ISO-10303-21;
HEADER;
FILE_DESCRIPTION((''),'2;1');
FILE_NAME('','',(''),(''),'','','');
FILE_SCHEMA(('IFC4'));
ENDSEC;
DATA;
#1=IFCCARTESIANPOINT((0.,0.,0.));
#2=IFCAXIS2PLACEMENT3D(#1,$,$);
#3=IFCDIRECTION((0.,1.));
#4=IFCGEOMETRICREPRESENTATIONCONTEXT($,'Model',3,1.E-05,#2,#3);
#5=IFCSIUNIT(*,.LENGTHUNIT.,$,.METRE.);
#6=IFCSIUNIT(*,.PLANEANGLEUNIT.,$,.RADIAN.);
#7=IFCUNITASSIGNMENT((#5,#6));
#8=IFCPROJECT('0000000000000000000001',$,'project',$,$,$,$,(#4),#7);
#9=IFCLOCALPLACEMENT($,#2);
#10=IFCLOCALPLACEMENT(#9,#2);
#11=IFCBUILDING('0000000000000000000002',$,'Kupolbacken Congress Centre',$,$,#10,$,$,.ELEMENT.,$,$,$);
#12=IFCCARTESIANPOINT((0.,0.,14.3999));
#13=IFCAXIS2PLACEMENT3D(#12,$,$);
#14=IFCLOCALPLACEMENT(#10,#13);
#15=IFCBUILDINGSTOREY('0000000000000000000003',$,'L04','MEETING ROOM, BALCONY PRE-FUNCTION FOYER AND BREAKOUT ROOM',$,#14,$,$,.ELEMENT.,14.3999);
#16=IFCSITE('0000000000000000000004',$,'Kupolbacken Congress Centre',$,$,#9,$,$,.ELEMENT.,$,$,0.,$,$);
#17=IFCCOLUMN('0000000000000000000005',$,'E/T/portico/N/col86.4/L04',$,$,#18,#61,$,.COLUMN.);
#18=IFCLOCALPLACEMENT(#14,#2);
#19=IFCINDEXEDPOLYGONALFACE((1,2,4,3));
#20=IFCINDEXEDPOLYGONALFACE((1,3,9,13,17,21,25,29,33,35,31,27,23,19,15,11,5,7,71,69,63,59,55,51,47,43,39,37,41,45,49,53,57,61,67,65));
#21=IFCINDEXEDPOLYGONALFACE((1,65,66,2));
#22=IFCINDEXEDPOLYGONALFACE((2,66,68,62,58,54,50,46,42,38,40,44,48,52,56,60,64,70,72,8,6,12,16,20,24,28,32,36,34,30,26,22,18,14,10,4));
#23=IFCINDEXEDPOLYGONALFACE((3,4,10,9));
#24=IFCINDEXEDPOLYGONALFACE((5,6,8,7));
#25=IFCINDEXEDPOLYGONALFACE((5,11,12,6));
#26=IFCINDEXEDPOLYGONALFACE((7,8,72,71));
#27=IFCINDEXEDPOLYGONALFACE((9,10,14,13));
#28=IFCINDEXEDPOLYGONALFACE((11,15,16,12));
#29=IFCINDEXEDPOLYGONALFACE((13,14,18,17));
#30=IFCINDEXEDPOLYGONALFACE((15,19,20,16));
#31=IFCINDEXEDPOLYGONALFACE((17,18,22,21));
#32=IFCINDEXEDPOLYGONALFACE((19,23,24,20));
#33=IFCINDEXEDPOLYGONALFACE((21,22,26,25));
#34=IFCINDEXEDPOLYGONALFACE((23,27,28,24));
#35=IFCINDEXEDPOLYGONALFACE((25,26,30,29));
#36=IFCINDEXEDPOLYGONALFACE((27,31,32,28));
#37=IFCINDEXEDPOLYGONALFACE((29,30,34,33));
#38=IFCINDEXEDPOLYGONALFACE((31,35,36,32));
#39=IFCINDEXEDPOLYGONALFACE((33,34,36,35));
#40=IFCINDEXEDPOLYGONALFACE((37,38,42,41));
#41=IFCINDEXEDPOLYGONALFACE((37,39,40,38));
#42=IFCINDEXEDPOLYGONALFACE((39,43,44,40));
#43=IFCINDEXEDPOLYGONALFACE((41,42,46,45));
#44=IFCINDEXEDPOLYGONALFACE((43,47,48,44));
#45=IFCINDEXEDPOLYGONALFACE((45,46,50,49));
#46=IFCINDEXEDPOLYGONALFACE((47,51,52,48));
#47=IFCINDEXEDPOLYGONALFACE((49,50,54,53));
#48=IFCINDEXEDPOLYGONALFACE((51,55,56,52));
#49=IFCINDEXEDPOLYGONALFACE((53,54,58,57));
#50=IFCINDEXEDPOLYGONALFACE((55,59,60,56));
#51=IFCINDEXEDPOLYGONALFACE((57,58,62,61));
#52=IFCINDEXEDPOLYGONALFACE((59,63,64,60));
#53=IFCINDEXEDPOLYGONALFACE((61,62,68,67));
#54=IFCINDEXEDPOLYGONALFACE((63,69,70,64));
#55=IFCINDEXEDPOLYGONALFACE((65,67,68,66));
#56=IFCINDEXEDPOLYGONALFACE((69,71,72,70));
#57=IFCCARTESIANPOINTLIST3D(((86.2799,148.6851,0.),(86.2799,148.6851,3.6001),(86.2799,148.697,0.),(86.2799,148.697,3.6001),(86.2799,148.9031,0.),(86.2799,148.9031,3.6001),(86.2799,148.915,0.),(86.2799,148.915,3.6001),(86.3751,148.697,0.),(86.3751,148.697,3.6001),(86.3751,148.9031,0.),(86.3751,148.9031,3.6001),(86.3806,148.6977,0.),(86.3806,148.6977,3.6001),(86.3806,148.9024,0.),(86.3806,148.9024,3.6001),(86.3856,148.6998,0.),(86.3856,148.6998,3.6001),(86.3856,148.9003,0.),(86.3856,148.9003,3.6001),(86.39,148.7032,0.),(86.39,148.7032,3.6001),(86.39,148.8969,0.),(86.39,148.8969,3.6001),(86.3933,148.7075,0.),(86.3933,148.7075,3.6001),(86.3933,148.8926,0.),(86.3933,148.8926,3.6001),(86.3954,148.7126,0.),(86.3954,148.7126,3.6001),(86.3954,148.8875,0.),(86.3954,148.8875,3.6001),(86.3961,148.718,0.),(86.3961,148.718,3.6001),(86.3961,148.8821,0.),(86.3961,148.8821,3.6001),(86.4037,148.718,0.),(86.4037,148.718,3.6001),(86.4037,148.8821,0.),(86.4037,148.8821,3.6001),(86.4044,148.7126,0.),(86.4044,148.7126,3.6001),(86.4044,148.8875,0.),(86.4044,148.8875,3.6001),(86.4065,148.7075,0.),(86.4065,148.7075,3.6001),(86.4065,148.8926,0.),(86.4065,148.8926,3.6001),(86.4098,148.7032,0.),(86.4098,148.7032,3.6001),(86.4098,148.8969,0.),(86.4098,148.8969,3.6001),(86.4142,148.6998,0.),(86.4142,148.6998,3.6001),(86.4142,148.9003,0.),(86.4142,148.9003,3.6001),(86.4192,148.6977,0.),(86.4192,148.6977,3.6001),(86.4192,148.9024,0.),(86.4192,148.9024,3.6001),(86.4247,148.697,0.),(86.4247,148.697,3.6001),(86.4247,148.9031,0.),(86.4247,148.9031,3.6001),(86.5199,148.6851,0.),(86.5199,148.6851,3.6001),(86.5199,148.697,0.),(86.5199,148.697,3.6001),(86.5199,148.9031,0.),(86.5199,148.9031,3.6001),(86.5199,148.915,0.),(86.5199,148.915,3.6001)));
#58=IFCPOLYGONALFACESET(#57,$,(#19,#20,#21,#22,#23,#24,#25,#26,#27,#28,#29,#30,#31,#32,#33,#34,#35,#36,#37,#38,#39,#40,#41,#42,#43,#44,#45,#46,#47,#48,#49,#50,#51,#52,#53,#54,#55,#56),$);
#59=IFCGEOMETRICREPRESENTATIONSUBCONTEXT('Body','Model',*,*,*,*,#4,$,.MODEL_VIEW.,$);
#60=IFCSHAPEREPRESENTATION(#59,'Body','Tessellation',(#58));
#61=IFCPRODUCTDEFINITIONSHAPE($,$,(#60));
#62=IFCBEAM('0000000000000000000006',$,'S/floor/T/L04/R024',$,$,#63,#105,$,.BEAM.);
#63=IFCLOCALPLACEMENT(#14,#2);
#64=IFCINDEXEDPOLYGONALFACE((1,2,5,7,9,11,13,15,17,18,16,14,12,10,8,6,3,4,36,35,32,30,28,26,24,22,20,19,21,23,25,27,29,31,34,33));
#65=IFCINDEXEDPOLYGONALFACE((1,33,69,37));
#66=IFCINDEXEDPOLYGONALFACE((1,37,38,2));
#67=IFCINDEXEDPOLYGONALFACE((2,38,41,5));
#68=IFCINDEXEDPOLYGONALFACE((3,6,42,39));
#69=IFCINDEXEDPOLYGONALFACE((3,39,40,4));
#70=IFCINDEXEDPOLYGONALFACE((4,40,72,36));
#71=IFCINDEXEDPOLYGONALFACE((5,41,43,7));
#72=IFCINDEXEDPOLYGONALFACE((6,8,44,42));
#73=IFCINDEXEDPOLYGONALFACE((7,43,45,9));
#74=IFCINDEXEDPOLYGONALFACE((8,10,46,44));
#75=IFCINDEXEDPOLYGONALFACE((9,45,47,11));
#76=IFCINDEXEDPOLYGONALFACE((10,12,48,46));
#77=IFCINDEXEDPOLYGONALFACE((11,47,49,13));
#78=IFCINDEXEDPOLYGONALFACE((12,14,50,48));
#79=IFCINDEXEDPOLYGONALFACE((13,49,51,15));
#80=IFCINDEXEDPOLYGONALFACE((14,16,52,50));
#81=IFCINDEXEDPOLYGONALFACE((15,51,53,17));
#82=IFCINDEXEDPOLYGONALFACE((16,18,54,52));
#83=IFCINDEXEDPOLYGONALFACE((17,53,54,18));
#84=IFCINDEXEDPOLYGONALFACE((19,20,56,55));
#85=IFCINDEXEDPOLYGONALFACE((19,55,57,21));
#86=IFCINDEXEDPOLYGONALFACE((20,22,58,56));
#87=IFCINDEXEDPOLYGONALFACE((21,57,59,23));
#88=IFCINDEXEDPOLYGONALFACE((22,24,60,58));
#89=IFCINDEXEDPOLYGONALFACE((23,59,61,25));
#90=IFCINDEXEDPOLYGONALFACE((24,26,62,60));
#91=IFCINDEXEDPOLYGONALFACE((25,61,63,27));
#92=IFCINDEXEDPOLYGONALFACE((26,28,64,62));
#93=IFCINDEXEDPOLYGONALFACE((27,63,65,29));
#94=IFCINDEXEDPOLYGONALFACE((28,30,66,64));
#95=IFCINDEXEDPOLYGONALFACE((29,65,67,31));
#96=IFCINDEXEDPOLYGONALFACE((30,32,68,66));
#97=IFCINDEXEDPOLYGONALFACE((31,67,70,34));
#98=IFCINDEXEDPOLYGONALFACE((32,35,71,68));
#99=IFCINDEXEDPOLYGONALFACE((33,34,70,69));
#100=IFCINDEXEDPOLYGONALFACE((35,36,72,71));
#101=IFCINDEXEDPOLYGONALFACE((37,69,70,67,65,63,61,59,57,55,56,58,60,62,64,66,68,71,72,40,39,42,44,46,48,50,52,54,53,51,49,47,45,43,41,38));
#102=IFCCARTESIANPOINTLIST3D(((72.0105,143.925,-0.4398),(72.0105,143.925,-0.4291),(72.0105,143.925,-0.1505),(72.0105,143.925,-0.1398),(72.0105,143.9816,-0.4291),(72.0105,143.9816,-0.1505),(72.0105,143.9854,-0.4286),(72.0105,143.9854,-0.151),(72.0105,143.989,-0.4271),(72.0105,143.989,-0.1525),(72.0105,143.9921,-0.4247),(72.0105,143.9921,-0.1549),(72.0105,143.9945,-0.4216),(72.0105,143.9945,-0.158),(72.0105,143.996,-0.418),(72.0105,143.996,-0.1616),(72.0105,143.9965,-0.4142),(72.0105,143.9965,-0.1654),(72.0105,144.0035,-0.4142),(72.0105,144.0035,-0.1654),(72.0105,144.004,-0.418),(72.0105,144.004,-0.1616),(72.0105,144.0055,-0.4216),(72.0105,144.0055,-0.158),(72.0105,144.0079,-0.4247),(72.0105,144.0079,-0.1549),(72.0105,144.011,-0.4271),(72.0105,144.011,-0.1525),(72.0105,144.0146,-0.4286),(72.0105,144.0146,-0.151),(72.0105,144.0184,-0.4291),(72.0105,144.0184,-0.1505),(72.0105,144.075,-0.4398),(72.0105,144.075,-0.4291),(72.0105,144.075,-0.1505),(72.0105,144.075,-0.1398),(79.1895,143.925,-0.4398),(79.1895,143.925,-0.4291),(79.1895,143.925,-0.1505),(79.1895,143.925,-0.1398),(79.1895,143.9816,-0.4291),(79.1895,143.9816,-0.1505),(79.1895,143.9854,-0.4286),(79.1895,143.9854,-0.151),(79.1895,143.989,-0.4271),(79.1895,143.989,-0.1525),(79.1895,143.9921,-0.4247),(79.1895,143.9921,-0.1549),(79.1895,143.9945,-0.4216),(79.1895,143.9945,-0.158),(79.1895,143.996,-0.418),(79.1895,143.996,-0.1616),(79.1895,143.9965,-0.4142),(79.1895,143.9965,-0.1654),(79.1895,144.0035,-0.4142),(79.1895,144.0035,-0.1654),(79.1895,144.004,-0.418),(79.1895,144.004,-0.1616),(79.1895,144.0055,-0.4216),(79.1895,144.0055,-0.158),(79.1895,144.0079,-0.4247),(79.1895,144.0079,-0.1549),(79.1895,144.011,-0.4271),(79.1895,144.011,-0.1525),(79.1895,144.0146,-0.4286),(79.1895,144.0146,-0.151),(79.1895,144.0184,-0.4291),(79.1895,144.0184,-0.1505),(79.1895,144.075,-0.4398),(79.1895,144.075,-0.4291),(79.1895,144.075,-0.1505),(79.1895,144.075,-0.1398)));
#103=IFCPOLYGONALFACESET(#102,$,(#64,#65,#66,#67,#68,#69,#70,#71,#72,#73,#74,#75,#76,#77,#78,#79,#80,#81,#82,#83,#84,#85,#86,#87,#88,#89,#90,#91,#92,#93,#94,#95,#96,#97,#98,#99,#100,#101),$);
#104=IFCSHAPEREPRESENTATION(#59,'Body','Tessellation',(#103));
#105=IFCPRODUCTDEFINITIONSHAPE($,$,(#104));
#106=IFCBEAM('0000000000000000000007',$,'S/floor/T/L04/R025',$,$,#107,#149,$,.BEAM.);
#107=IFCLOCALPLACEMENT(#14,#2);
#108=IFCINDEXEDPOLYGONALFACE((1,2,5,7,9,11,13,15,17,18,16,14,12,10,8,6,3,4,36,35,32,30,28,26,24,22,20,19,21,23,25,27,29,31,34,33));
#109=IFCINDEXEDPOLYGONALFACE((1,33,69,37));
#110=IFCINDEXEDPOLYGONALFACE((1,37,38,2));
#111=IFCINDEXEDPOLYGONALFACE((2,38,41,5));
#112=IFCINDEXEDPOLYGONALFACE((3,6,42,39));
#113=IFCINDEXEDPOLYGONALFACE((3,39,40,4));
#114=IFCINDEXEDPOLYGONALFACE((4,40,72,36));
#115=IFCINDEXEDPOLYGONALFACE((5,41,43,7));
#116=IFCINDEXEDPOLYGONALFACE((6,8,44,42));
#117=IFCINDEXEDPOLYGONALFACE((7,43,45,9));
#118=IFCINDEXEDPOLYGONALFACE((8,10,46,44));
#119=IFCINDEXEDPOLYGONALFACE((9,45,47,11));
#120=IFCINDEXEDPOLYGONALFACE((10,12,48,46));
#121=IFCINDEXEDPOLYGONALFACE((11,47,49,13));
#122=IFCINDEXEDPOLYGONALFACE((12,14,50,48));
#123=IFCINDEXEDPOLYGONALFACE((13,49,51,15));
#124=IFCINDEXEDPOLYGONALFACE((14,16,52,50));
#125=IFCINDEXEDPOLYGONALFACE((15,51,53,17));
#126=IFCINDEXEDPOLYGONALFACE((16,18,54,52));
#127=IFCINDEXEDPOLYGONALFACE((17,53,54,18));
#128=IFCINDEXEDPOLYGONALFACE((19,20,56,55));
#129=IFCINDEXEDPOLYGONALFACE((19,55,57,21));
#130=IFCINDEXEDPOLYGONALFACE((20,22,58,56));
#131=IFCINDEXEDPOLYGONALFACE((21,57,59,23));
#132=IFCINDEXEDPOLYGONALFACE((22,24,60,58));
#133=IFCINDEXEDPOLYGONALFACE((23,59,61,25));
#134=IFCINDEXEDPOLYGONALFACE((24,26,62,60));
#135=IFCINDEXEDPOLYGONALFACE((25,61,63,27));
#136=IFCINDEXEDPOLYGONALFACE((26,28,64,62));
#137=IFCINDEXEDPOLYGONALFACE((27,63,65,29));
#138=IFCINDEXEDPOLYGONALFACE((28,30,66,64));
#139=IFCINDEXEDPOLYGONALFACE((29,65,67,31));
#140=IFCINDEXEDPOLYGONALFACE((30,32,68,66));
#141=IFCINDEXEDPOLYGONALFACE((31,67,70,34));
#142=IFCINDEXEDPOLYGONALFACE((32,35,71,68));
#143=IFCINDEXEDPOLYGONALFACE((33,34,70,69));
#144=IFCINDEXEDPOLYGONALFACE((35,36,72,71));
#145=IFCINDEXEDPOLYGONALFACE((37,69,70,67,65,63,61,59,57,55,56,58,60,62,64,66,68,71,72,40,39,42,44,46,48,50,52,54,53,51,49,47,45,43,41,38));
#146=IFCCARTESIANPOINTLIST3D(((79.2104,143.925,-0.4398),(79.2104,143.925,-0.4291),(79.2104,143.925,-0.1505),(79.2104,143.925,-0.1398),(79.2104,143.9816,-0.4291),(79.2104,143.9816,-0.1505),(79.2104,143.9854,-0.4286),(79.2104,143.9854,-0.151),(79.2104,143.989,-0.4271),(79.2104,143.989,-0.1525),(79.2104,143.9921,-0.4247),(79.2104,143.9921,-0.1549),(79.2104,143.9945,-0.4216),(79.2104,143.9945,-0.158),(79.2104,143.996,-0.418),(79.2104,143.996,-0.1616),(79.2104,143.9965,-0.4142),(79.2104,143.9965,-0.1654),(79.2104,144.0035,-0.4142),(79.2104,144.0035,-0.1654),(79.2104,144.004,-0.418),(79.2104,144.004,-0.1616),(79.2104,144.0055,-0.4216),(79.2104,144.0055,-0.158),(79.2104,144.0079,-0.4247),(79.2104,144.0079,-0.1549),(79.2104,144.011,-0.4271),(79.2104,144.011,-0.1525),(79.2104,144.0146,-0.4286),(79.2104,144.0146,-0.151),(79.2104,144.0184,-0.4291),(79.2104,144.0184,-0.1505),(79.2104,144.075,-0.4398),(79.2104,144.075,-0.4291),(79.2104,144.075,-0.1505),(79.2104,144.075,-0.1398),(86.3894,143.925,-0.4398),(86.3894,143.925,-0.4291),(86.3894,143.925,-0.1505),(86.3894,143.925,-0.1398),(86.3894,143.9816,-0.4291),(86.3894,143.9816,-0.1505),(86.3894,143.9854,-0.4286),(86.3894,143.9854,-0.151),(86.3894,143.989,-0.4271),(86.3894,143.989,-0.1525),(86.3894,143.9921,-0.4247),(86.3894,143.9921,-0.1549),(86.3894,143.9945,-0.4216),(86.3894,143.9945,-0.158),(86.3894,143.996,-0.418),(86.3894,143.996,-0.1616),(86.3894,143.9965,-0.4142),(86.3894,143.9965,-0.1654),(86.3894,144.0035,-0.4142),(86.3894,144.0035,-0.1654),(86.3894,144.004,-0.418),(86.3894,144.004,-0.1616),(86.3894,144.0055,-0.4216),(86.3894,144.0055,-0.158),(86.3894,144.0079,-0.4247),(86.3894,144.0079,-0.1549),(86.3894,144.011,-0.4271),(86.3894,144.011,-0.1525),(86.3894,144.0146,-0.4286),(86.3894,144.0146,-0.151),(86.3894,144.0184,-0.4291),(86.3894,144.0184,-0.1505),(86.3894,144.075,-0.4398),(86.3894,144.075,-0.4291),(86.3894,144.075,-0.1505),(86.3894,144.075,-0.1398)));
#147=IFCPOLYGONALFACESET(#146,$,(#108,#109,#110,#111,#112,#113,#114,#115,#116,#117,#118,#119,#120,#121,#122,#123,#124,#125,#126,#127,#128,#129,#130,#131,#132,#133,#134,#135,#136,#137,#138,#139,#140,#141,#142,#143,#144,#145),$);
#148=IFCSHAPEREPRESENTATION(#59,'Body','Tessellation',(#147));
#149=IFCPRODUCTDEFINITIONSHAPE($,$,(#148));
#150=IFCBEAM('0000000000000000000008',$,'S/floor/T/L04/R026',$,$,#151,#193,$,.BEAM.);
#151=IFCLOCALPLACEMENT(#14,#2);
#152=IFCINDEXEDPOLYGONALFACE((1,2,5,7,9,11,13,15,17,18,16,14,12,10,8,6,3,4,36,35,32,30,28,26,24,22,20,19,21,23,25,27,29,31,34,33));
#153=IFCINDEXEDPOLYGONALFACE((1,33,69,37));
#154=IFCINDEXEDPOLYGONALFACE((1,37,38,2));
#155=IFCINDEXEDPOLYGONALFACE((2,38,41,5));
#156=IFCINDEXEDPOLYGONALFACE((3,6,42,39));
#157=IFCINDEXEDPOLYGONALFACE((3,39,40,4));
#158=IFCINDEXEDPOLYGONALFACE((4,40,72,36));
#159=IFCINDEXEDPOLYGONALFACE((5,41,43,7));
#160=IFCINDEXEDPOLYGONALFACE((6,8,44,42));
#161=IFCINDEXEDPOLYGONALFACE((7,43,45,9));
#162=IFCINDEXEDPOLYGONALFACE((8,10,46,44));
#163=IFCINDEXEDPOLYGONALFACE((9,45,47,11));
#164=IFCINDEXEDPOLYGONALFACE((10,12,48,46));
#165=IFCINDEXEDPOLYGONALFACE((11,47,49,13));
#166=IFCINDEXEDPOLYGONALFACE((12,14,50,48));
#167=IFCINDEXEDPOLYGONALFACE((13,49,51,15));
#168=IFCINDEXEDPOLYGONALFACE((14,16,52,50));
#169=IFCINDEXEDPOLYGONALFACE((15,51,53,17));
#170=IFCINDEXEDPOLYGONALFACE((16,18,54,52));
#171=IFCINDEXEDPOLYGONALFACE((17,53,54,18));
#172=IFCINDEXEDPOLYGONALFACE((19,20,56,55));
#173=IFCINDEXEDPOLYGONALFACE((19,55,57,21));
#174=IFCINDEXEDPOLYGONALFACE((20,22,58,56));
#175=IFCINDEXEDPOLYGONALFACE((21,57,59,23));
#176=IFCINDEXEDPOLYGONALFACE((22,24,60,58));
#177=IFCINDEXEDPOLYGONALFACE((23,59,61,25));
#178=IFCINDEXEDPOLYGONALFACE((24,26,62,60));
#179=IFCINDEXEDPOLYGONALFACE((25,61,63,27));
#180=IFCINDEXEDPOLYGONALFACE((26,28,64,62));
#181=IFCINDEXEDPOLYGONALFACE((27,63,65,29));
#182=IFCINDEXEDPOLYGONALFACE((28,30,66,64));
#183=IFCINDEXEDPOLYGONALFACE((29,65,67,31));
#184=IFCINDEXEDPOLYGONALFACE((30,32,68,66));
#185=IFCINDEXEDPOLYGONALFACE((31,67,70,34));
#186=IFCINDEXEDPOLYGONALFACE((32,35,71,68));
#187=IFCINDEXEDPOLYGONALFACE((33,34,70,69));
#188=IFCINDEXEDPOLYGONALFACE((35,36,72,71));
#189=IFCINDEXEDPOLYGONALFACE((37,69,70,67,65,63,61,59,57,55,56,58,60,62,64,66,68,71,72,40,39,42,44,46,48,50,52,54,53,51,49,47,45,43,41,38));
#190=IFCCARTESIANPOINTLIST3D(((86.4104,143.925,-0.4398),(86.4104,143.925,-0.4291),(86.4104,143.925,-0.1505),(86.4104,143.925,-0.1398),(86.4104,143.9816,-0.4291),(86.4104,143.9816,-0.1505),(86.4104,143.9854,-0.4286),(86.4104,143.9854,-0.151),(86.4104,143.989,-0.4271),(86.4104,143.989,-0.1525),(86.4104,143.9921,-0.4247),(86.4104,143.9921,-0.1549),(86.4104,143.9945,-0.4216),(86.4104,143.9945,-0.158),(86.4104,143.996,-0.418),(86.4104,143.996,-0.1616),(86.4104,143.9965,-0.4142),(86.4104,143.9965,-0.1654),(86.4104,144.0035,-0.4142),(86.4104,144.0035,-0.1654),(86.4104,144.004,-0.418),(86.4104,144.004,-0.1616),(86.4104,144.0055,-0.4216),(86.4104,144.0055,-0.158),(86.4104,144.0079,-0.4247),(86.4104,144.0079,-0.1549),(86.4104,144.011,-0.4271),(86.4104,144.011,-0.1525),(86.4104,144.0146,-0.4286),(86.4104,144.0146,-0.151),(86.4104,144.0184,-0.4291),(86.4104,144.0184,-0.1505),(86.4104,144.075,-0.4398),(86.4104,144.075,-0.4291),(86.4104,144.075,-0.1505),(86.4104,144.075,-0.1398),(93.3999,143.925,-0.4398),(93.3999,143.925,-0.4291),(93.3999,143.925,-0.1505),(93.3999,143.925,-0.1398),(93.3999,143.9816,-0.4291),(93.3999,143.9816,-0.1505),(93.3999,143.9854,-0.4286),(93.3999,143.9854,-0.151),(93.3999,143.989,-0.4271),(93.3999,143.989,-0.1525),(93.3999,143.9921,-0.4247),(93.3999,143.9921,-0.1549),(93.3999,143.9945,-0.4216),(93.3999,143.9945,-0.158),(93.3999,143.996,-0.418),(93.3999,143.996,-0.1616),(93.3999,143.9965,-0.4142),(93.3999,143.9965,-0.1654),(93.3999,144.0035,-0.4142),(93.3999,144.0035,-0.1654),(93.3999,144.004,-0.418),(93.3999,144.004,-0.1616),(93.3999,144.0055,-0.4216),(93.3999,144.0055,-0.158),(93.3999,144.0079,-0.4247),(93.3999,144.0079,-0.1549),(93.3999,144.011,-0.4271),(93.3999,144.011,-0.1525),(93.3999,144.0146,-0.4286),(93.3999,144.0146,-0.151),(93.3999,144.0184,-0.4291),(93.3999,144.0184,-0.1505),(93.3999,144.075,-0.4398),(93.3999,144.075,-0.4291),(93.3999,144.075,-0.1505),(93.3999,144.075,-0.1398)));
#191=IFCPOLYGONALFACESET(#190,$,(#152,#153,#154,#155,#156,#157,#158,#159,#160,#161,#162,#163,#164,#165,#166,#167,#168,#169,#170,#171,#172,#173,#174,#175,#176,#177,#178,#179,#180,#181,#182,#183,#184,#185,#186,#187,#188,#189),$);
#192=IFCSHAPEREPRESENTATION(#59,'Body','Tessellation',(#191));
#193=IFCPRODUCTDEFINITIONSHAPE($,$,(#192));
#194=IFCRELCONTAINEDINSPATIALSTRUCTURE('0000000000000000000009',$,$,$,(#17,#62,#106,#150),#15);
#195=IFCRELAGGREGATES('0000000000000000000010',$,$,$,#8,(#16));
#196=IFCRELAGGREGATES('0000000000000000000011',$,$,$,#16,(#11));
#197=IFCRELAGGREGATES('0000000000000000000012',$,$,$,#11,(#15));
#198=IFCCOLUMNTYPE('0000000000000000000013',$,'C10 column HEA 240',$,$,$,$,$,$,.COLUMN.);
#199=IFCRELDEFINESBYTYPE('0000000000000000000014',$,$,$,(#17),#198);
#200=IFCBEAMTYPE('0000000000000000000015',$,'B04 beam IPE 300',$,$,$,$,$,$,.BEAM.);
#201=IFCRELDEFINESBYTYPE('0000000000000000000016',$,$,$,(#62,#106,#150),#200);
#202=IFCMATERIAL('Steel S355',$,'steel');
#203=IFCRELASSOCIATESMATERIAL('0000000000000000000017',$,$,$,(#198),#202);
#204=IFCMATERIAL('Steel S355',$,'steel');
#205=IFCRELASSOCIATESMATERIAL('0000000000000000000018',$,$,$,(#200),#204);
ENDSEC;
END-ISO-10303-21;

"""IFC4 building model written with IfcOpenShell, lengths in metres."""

from ifc_helpers import new_model, si_unit, direction, frame, origin, origin_2d, place, context, subcontext, project, spatial, i_section, extrude, material, material_profile, profile_set, type_object, element, save


model = new_model("IFC4")

# Units and contexts
model_context = context("Model", 3, precision=1e-05, world=origin(), true_north=direction((0.0, 1.0)))
body_context = subcontext(model_context, "Body", "Model", "MODEL_VIEW")
ifc_project = project(units=[si_unit("LENGTHUNIT", "METRE"), si_unit("PLANEANGLEUNIT", "RADIAN")], contexts=[model_context])

# Site, building, storey
site_placement = place(None, origin())
site = spatial("IfcSite", under=ifc_project, at=site_placement, Name="Kupolbacken Congress Centre", CompositionType="ELEMENT", RefElevation=0.0)
building_placement = place(site_placement, origin())
building = spatial("IfcBuilding", under=site, at=building_placement, Name="Kupolbacken Congress Centre", CompositionType="ELEMENT")
storey_placement = place(building_placement, frame((0.0, 0.0, 14.3999)))
storey = spatial("IfcBuildingStorey", under=building, at=storey_placement, Name="L04", Description="MEETING ROOM, BALCONY PRE-FUNCTION FOYER AND BREAKOUT ROOM", CompositionType="ELEMENT", Elevation=14.3999)

# Column
ifc_material_1 = material(Name="Steel S355", Category="steel")
ifc_material_profile_1 = material_profile(ifc_material_1, i_section(OverallWidth=0.24, OverallDepth=0.23, WebThickness=0.0076, FlangeThickness=0.012, FilletRadius=0.021, at=origin_2d()), Name="HEA 240")
ifc_profile_set_1 = profile_set([ifc_material_profile_1], Name="Steel S355")
column_type_1 = type_object("IfcColumnType", Name="C10 column HEA 240", PredefinedType="COLUMN", material=ifc_profile_set_1)
for number, where, z_axis, x_axis, name in (
    (1, (86.3999, 148.8, 0.0), (0.0, 0.0, 1.0), (1.0, 0.0, 0.0), "E/T/portico/N/col86.4/L04"),
):
    element("IfcColumn", number, at=place(storey_placement, frame(where, z_axis=z_axis, x_axis=x_axis)), inside=storey, type_object=column_type_1, Name=name, PredefinedType="COLUMN", context=body_context, shape_type="SweptSolid", body=[
        extrude(i_section(OverallWidth=0.24, OverallDepth=0.23, WebThickness=0.0076, FlangeThickness=0.012, FilletRadius=0.021, at=origin_2d()), origin(), (0.0, 0.0, 1.0), 3.6001),
    ])

# Beams
ifc_material_2 = material(Name="Steel S355", Category="steel")
ifc_material_profile_2 = material_profile(ifc_material_2, i_section(OverallWidth=0.1499, OverallDepth=0.3, WebThickness=0.0071, FlangeThickness=0.0107, FilletRadius=0.0149, at=origin_2d()), Name="IPE 300")
ifc_profile_set_2 = profile_set([ifc_material_profile_2], Name="Steel S355")
beam_type_1 = type_object("IfcBeamType", Name="B04 beam IPE 300", PredefinedType="BEAM", material=ifc_profile_set_2)
for number, where, z_axis, x_axis, name in (
    (2, (72.0105, 144.0, -0.2898), (1.0, 0.0, 0.0), (0.0, 1.0, 0.0), "S/floor/T/L04/R024"),
    (3, (79.2104, 144.0, -0.2898), (1.0, 0.0, 0.0), (0.0, 1.0, 0.0), "S/floor/T/L04/R025"),
):
    element("IfcBeam", number, at=place(storey_placement, frame(where, z_axis=z_axis, x_axis=x_axis)), inside=storey, type_object=beam_type_1, Name=name, PredefinedType="BEAM", context=body_context, shape_type="SweptSolid", body=[
        extrude(i_section(OverallWidth=0.1499, OverallDepth=0.3, WebThickness=0.0071, FlangeThickness=0.0107, FilletRadius=0.0149, at=origin_2d()), origin(), (0.0, 0.0, 1.0), 7.179),
    ])
beam_placement = place(storey_placement, frame((86.4104, 144.0, -0.2898), z_axis=(1.0, 0.0, 0.0), x_axis=(0.0, 1.0, 0.0)))
element("IfcBeam", 4, at=beam_placement, inside=storey, type_object=beam_type_1, Name="S/floor/T/L04/R026", PredefinedType="BEAM", context=body_context, shape_type="SweptSolid", body=[
    extrude(i_section(OverallWidth=0.1499, OverallDepth=0.3, WebThickness=0.0071, FlangeThickness=0.0107, FilletRadius=0.0149, at=origin_2d()), origin(), (0.0, 0.0, 1.0), 6.9895),
])

save(model, "model.ifc")
